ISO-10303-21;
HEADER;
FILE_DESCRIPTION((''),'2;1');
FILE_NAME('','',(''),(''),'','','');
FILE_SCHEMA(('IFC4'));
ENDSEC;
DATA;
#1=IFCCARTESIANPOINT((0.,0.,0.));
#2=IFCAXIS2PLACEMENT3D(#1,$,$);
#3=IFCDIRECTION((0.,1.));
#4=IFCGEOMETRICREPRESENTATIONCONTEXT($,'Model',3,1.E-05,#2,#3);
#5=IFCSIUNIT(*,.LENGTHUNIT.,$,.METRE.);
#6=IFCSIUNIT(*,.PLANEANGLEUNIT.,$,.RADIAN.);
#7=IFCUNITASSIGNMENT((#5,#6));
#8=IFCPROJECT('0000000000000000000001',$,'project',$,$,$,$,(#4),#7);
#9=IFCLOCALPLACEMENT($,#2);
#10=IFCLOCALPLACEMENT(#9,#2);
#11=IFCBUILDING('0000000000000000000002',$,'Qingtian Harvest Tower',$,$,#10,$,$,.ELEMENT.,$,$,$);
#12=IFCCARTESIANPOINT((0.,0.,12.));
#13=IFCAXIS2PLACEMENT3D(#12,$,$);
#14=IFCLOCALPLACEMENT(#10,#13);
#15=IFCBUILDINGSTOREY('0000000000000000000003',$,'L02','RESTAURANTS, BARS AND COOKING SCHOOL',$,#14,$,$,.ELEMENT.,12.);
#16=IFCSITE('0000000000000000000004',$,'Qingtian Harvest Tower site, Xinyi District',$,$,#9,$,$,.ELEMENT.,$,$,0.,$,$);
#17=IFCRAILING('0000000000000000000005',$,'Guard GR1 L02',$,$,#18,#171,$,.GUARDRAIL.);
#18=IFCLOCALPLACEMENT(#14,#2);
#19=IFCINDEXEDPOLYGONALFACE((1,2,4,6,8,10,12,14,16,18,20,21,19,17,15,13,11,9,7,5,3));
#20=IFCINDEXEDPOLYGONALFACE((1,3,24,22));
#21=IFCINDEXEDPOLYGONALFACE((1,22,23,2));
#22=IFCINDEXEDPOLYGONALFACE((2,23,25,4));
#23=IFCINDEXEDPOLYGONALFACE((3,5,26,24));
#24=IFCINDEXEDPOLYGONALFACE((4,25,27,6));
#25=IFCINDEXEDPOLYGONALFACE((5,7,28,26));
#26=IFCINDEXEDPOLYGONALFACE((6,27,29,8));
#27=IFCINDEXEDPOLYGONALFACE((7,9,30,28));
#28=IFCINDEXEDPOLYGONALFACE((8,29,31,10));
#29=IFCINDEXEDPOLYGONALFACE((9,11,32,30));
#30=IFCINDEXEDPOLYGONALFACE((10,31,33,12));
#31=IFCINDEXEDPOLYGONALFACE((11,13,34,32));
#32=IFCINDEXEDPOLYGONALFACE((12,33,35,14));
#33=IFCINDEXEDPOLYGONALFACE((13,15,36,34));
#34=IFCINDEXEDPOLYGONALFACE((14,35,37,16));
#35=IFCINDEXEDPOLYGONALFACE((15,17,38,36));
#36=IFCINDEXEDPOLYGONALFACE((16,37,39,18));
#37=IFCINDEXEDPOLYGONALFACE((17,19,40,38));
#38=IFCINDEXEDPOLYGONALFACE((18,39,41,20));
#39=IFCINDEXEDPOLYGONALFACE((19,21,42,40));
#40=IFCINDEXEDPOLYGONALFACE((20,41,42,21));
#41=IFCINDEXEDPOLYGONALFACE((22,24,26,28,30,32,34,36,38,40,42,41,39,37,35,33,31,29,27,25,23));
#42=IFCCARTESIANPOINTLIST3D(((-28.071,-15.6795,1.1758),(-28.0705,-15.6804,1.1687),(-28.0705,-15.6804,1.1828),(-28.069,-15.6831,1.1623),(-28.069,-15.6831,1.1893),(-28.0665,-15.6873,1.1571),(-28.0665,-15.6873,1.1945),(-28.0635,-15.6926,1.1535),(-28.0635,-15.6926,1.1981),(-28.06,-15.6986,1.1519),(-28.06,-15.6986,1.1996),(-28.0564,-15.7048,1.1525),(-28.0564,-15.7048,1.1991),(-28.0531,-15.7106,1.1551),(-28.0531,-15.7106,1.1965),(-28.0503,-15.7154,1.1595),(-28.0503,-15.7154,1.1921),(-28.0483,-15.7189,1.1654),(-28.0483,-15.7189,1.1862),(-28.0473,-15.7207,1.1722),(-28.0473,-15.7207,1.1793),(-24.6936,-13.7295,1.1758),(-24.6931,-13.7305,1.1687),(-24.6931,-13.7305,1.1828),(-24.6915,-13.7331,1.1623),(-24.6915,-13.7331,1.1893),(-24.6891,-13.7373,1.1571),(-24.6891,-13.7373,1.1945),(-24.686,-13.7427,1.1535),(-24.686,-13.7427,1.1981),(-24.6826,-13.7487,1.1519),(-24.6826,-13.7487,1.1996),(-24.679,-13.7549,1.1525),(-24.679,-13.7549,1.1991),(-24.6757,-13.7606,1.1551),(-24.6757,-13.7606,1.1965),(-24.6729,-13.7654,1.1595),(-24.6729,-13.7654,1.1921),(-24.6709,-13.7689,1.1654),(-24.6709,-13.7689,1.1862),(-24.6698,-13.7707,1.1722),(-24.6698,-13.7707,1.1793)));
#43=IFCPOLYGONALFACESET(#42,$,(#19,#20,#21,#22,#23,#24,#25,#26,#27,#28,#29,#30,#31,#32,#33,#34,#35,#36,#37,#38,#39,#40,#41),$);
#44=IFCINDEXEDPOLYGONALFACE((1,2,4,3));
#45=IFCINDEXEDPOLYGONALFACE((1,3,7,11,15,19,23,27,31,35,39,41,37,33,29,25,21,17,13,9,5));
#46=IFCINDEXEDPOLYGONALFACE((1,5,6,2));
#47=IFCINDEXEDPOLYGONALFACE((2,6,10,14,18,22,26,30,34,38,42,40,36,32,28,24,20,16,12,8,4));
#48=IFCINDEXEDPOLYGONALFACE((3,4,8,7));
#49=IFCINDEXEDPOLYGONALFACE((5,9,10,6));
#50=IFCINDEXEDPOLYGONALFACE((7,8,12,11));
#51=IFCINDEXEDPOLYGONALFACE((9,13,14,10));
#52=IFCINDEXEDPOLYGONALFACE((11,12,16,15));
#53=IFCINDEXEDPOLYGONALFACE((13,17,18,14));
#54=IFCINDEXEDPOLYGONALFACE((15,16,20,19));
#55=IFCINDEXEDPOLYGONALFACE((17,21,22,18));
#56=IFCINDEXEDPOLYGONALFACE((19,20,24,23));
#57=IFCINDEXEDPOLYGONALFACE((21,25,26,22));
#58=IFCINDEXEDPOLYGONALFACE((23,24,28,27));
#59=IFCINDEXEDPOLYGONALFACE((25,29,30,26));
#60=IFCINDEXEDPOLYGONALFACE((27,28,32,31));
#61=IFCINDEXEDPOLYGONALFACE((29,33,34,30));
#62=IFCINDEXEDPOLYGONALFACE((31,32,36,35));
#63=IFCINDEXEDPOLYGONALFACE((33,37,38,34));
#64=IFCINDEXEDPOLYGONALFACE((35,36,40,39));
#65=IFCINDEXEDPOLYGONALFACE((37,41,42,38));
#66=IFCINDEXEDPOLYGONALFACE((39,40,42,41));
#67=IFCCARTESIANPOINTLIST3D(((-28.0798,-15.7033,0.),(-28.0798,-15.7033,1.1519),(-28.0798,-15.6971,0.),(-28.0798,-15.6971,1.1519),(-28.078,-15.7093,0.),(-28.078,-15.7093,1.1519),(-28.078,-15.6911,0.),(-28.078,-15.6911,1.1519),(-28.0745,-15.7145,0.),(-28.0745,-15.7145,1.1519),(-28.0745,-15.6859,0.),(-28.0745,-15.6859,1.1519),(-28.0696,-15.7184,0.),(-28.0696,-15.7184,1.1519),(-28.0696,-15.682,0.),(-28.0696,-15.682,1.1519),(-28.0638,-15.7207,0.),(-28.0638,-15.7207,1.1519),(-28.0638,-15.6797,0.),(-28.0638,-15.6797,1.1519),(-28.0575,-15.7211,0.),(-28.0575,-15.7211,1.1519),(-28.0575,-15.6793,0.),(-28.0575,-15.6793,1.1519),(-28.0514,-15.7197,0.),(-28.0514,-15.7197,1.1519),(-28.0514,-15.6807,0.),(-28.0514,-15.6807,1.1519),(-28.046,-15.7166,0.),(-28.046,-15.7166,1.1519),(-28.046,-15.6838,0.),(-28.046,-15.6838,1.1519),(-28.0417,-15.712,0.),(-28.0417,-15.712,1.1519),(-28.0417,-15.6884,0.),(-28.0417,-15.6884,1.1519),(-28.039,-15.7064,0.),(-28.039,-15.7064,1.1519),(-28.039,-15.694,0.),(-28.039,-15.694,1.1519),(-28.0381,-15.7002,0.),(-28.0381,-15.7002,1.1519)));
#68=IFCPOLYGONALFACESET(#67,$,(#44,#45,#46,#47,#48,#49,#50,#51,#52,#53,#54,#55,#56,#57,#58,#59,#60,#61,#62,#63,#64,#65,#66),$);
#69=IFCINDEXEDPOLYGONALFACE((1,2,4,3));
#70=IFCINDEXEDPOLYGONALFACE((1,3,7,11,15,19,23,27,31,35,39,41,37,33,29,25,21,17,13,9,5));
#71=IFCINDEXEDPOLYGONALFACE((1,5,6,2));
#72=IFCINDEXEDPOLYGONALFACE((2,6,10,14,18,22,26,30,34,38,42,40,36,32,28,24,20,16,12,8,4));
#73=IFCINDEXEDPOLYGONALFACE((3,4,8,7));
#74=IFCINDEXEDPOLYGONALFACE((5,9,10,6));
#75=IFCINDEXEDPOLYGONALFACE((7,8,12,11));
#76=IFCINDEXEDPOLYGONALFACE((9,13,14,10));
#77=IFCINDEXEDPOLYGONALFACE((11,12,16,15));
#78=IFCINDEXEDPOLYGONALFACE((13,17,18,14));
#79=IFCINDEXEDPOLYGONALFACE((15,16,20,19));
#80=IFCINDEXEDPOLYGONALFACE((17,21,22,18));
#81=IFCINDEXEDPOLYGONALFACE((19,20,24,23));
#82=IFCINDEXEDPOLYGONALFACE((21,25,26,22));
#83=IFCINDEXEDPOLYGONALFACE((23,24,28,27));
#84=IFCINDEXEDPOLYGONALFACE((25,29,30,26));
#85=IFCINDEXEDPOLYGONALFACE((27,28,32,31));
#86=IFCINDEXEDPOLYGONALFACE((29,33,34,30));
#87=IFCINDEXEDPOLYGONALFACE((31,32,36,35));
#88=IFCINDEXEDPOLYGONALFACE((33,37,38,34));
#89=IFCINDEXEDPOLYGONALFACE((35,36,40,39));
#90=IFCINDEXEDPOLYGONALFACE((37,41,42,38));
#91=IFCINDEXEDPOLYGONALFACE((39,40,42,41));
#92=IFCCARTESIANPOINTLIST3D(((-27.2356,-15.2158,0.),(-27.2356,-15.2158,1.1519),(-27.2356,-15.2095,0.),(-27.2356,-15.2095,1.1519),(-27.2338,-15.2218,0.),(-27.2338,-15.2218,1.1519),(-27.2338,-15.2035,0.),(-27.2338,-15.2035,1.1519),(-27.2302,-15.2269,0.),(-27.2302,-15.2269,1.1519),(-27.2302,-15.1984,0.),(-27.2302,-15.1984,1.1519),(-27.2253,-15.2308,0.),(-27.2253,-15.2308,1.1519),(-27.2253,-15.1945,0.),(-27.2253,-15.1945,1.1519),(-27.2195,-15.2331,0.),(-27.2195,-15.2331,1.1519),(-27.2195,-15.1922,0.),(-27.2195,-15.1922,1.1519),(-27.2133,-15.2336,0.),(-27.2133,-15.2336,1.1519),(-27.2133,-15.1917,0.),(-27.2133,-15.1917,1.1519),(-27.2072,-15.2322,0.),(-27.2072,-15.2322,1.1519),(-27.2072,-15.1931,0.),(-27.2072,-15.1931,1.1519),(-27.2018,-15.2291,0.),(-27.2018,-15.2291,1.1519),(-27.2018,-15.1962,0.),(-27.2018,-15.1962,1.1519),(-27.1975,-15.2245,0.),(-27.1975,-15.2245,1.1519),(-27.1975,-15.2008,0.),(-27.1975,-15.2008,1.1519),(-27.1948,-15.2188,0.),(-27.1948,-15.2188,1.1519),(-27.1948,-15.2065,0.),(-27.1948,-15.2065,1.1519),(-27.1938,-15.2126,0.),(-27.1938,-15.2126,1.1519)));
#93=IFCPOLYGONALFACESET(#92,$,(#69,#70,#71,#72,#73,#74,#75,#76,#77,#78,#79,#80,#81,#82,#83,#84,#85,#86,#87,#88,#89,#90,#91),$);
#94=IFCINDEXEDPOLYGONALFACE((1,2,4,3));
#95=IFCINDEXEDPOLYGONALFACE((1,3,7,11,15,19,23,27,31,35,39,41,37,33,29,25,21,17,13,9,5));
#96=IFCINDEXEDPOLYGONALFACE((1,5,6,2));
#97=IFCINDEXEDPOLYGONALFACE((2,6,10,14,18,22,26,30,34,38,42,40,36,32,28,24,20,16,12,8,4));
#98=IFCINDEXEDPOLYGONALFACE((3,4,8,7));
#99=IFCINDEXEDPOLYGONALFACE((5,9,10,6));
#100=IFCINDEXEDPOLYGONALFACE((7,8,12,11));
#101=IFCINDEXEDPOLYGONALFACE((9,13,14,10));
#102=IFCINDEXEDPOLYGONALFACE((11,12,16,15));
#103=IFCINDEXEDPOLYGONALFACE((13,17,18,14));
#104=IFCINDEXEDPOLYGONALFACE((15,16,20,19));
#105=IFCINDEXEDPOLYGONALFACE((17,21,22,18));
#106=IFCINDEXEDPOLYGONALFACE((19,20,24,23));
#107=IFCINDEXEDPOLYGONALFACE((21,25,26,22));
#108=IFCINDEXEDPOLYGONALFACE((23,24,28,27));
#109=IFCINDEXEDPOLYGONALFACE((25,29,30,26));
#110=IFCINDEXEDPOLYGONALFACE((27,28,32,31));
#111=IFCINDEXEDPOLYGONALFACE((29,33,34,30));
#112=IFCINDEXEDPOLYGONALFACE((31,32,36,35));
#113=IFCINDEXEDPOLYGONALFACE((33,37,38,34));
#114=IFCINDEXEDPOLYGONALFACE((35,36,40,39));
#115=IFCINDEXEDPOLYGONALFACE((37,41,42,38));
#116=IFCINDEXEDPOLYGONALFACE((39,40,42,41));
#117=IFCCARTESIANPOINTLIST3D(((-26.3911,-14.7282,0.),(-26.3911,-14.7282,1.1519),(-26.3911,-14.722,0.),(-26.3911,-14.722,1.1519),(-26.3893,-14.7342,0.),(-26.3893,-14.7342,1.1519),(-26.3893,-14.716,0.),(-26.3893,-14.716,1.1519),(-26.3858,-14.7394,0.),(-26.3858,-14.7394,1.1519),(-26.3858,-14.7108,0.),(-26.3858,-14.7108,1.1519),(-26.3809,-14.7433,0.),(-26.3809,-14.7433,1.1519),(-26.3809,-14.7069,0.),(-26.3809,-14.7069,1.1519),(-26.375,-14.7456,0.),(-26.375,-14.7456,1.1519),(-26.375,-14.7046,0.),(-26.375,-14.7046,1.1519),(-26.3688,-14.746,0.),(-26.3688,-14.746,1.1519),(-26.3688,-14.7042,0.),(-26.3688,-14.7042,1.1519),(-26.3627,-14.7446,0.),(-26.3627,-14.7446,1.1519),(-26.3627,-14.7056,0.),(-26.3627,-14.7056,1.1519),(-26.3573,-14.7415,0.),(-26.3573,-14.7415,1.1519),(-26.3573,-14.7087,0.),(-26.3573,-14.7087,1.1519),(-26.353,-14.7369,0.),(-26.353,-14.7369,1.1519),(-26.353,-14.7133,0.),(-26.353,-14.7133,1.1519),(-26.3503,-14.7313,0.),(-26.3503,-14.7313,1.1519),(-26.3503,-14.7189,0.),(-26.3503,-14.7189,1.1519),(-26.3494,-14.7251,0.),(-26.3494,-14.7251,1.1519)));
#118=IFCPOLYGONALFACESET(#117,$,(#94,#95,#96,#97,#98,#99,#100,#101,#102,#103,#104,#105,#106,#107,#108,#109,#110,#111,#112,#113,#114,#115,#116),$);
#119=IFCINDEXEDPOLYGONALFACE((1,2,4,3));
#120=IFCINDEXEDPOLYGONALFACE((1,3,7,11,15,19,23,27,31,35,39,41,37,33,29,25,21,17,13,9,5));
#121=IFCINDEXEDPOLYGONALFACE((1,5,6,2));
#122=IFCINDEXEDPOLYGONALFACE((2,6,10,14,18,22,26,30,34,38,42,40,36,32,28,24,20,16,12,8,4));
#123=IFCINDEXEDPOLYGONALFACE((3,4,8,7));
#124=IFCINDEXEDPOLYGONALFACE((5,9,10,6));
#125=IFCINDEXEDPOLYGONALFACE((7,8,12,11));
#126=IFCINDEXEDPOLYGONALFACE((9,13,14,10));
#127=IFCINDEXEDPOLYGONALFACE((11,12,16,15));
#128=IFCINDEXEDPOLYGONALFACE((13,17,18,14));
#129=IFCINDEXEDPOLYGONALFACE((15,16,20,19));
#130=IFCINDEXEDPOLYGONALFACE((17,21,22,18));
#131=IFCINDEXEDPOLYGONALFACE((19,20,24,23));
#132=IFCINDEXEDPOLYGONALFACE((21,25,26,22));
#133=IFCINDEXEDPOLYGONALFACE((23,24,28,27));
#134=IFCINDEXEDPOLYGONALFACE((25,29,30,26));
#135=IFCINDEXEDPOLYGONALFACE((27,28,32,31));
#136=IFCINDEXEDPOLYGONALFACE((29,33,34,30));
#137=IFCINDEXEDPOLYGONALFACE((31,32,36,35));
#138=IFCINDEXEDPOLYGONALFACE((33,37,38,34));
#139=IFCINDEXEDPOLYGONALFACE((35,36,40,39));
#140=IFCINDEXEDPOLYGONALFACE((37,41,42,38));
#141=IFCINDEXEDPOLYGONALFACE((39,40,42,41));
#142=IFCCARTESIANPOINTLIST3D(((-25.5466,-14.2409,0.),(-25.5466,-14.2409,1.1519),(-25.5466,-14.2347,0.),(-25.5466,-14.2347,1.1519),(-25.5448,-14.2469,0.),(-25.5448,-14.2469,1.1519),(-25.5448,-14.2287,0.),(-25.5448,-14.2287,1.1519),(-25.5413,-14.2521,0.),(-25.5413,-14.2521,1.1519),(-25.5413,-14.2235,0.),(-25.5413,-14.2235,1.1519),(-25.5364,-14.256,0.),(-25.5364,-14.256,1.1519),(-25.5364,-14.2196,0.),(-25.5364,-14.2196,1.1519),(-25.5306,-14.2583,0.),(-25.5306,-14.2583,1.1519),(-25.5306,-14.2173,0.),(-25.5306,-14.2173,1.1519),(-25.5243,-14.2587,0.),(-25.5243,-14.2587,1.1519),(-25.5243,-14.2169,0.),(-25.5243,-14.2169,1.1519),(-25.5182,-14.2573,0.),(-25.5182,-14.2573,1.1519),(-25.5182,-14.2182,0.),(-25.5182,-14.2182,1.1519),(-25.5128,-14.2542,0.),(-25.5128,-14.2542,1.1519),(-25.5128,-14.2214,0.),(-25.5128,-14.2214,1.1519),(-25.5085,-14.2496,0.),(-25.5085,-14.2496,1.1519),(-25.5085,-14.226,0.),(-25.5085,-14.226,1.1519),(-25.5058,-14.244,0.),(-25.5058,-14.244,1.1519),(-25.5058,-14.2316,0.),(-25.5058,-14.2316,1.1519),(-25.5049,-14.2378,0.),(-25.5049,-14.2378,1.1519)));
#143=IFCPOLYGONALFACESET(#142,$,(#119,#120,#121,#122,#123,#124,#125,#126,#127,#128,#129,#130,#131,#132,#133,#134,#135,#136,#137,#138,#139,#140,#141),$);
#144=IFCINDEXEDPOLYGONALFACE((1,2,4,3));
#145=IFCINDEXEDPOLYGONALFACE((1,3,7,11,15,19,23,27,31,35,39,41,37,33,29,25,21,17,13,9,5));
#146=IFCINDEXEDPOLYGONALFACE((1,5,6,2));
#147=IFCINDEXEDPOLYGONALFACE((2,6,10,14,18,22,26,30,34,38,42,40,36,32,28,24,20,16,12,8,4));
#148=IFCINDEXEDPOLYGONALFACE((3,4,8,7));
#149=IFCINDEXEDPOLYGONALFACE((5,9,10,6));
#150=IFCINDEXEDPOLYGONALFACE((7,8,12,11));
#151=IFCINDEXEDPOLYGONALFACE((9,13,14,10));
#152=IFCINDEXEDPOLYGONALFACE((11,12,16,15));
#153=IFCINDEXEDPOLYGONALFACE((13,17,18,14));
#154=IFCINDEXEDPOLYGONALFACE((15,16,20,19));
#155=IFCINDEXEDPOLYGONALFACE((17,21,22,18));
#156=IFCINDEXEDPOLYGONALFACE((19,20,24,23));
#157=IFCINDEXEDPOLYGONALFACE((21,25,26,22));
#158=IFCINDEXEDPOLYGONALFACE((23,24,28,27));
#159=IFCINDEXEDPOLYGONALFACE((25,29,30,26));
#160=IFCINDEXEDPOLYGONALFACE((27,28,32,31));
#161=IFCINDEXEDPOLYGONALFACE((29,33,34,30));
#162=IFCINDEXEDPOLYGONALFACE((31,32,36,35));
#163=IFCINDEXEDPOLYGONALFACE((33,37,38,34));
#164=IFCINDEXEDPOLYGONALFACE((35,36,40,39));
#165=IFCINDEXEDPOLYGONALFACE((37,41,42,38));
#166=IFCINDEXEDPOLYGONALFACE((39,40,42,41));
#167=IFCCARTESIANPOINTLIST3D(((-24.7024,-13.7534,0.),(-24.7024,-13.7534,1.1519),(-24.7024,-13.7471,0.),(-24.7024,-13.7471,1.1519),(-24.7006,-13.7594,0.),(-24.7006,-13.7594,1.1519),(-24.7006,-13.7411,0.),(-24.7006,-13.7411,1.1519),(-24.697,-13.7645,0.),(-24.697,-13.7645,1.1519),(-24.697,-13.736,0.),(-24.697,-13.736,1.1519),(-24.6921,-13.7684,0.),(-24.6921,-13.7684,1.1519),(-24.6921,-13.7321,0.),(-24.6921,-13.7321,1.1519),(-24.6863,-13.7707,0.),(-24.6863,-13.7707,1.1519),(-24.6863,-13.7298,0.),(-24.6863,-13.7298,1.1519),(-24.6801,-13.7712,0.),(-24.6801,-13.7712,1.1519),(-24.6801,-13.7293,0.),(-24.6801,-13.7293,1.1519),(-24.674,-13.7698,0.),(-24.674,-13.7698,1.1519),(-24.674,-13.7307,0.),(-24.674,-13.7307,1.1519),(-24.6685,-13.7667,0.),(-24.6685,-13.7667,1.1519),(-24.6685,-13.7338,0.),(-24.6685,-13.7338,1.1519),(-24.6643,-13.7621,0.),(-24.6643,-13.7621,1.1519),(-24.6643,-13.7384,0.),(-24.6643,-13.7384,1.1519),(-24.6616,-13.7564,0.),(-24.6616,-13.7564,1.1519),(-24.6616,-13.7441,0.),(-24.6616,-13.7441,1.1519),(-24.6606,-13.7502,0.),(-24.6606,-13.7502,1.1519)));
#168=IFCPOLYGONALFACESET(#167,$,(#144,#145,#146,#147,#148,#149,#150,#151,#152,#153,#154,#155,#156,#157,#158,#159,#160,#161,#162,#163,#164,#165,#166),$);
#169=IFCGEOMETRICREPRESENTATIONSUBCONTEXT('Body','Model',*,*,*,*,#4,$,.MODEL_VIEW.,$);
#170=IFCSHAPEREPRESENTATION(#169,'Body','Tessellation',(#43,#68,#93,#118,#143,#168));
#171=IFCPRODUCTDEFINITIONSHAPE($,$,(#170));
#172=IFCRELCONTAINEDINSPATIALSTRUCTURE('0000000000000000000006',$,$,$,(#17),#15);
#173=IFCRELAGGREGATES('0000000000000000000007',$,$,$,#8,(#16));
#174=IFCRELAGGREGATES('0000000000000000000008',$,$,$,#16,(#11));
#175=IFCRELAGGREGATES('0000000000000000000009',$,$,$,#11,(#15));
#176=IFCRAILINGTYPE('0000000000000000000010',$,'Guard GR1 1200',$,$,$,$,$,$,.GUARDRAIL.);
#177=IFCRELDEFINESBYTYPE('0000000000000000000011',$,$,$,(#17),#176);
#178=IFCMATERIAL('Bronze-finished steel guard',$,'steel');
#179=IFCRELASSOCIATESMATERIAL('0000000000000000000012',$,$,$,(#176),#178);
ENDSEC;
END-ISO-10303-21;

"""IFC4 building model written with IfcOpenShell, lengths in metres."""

from ifc_helpers import new_model, si_unit, direction, frame, origin, origin_2d, place, context, subcontext, project, spatial, circle, extrude, material, type_object, element, save


model = new_model("IFC4")

# Units and contexts
model_context = context("Model", 3, precision=1e-05, world=origin(), true_north=direction((0.0, 1.0)))
body_context = subcontext(model_context, "Body", "Model", "MODEL_VIEW")
ifc_project = project(units=[si_unit("LENGTHUNIT", "METRE"), si_unit("PLANEANGLEUNIT", "RADIAN")], contexts=[model_context])

# Site, building, storey
site_placement = place(None, origin())
site = spatial("IfcSite", under=ifc_project, at=site_placement, Name="Qingtian Harvest Tower site, Xinyi District", CompositionType="ELEMENT", RefElevation=0.0)
building_placement = place(site_placement, origin())
building = spatial("IfcBuilding", under=site, at=building_placement, Name="Qingtian Harvest Tower", CompositionType="ELEMENT")
storey_placement = place(building_placement, frame((0.0, 0.0, 12.0)))
storey = spatial("IfcBuildingStorey", under=building, at=storey_placement, Name="L02", Description="RESTAURANTS, BARS AND COOKING SCHOOL", CompositionType="ELEMENT", Elevation=12.0)

# Railing
ifc_material_1 = material(Name="Bronze-finished steel guard", Category="steel")
railing_type_1 = type_object("IfcRailingType", Name="Guard GR1 1200", PredefinedType="GUARDRAIL", material=ifc_material_1)
railing_1_placement = place(storey_placement, frame((-28.0591, -15.7002, 0.0)))
element("IfcRailing", 1, at=railing_1_placement, inside=storey, type_object=railing_type_1, Name="Guard GR1 L02", PredefinedType="GUARDRAIL", context=body_context, shape_type="SweptSolid", body=[
    extrude(circle(Radius=0.0239, at=origin_2d()), frame((0.0, 0.0, 1.1758), z_axis=(0.866027, 0.499997, 0.0), x_axis=(-0.499997, 0.866027, 0.0)), (0.0, 0.0, 1.0), 3.8999),
    extrude(circle(Radius=0.021, at=origin_2d()), origin(), (0.0, 0.0, 1.0), 1.1519),
    extrude(circle(Radius=0.021, at=origin_2d()), frame((0.8442, 0.4875, 0.0)), (0.0, 0.0, 1.0), 1.1519),
    extrude(circle(Radius=0.021, at=origin_2d()), frame((1.6887, 0.9751, 0.0)), (0.0, 0.0, 1.0), 1.1519),
    extrude(circle(Radius=0.021, at=origin_2d()), frame((2.5332, 1.4624, 0.0)), (0.0, 0.0, 1.0), 1.1519),
    extrude(circle(Radius=0.021, at=origin_2d()), frame((3.3774, 1.95, 0.0)), (0.0, 0.0, 1.0), 1.1519),
])

save(model, "model.ifc")
